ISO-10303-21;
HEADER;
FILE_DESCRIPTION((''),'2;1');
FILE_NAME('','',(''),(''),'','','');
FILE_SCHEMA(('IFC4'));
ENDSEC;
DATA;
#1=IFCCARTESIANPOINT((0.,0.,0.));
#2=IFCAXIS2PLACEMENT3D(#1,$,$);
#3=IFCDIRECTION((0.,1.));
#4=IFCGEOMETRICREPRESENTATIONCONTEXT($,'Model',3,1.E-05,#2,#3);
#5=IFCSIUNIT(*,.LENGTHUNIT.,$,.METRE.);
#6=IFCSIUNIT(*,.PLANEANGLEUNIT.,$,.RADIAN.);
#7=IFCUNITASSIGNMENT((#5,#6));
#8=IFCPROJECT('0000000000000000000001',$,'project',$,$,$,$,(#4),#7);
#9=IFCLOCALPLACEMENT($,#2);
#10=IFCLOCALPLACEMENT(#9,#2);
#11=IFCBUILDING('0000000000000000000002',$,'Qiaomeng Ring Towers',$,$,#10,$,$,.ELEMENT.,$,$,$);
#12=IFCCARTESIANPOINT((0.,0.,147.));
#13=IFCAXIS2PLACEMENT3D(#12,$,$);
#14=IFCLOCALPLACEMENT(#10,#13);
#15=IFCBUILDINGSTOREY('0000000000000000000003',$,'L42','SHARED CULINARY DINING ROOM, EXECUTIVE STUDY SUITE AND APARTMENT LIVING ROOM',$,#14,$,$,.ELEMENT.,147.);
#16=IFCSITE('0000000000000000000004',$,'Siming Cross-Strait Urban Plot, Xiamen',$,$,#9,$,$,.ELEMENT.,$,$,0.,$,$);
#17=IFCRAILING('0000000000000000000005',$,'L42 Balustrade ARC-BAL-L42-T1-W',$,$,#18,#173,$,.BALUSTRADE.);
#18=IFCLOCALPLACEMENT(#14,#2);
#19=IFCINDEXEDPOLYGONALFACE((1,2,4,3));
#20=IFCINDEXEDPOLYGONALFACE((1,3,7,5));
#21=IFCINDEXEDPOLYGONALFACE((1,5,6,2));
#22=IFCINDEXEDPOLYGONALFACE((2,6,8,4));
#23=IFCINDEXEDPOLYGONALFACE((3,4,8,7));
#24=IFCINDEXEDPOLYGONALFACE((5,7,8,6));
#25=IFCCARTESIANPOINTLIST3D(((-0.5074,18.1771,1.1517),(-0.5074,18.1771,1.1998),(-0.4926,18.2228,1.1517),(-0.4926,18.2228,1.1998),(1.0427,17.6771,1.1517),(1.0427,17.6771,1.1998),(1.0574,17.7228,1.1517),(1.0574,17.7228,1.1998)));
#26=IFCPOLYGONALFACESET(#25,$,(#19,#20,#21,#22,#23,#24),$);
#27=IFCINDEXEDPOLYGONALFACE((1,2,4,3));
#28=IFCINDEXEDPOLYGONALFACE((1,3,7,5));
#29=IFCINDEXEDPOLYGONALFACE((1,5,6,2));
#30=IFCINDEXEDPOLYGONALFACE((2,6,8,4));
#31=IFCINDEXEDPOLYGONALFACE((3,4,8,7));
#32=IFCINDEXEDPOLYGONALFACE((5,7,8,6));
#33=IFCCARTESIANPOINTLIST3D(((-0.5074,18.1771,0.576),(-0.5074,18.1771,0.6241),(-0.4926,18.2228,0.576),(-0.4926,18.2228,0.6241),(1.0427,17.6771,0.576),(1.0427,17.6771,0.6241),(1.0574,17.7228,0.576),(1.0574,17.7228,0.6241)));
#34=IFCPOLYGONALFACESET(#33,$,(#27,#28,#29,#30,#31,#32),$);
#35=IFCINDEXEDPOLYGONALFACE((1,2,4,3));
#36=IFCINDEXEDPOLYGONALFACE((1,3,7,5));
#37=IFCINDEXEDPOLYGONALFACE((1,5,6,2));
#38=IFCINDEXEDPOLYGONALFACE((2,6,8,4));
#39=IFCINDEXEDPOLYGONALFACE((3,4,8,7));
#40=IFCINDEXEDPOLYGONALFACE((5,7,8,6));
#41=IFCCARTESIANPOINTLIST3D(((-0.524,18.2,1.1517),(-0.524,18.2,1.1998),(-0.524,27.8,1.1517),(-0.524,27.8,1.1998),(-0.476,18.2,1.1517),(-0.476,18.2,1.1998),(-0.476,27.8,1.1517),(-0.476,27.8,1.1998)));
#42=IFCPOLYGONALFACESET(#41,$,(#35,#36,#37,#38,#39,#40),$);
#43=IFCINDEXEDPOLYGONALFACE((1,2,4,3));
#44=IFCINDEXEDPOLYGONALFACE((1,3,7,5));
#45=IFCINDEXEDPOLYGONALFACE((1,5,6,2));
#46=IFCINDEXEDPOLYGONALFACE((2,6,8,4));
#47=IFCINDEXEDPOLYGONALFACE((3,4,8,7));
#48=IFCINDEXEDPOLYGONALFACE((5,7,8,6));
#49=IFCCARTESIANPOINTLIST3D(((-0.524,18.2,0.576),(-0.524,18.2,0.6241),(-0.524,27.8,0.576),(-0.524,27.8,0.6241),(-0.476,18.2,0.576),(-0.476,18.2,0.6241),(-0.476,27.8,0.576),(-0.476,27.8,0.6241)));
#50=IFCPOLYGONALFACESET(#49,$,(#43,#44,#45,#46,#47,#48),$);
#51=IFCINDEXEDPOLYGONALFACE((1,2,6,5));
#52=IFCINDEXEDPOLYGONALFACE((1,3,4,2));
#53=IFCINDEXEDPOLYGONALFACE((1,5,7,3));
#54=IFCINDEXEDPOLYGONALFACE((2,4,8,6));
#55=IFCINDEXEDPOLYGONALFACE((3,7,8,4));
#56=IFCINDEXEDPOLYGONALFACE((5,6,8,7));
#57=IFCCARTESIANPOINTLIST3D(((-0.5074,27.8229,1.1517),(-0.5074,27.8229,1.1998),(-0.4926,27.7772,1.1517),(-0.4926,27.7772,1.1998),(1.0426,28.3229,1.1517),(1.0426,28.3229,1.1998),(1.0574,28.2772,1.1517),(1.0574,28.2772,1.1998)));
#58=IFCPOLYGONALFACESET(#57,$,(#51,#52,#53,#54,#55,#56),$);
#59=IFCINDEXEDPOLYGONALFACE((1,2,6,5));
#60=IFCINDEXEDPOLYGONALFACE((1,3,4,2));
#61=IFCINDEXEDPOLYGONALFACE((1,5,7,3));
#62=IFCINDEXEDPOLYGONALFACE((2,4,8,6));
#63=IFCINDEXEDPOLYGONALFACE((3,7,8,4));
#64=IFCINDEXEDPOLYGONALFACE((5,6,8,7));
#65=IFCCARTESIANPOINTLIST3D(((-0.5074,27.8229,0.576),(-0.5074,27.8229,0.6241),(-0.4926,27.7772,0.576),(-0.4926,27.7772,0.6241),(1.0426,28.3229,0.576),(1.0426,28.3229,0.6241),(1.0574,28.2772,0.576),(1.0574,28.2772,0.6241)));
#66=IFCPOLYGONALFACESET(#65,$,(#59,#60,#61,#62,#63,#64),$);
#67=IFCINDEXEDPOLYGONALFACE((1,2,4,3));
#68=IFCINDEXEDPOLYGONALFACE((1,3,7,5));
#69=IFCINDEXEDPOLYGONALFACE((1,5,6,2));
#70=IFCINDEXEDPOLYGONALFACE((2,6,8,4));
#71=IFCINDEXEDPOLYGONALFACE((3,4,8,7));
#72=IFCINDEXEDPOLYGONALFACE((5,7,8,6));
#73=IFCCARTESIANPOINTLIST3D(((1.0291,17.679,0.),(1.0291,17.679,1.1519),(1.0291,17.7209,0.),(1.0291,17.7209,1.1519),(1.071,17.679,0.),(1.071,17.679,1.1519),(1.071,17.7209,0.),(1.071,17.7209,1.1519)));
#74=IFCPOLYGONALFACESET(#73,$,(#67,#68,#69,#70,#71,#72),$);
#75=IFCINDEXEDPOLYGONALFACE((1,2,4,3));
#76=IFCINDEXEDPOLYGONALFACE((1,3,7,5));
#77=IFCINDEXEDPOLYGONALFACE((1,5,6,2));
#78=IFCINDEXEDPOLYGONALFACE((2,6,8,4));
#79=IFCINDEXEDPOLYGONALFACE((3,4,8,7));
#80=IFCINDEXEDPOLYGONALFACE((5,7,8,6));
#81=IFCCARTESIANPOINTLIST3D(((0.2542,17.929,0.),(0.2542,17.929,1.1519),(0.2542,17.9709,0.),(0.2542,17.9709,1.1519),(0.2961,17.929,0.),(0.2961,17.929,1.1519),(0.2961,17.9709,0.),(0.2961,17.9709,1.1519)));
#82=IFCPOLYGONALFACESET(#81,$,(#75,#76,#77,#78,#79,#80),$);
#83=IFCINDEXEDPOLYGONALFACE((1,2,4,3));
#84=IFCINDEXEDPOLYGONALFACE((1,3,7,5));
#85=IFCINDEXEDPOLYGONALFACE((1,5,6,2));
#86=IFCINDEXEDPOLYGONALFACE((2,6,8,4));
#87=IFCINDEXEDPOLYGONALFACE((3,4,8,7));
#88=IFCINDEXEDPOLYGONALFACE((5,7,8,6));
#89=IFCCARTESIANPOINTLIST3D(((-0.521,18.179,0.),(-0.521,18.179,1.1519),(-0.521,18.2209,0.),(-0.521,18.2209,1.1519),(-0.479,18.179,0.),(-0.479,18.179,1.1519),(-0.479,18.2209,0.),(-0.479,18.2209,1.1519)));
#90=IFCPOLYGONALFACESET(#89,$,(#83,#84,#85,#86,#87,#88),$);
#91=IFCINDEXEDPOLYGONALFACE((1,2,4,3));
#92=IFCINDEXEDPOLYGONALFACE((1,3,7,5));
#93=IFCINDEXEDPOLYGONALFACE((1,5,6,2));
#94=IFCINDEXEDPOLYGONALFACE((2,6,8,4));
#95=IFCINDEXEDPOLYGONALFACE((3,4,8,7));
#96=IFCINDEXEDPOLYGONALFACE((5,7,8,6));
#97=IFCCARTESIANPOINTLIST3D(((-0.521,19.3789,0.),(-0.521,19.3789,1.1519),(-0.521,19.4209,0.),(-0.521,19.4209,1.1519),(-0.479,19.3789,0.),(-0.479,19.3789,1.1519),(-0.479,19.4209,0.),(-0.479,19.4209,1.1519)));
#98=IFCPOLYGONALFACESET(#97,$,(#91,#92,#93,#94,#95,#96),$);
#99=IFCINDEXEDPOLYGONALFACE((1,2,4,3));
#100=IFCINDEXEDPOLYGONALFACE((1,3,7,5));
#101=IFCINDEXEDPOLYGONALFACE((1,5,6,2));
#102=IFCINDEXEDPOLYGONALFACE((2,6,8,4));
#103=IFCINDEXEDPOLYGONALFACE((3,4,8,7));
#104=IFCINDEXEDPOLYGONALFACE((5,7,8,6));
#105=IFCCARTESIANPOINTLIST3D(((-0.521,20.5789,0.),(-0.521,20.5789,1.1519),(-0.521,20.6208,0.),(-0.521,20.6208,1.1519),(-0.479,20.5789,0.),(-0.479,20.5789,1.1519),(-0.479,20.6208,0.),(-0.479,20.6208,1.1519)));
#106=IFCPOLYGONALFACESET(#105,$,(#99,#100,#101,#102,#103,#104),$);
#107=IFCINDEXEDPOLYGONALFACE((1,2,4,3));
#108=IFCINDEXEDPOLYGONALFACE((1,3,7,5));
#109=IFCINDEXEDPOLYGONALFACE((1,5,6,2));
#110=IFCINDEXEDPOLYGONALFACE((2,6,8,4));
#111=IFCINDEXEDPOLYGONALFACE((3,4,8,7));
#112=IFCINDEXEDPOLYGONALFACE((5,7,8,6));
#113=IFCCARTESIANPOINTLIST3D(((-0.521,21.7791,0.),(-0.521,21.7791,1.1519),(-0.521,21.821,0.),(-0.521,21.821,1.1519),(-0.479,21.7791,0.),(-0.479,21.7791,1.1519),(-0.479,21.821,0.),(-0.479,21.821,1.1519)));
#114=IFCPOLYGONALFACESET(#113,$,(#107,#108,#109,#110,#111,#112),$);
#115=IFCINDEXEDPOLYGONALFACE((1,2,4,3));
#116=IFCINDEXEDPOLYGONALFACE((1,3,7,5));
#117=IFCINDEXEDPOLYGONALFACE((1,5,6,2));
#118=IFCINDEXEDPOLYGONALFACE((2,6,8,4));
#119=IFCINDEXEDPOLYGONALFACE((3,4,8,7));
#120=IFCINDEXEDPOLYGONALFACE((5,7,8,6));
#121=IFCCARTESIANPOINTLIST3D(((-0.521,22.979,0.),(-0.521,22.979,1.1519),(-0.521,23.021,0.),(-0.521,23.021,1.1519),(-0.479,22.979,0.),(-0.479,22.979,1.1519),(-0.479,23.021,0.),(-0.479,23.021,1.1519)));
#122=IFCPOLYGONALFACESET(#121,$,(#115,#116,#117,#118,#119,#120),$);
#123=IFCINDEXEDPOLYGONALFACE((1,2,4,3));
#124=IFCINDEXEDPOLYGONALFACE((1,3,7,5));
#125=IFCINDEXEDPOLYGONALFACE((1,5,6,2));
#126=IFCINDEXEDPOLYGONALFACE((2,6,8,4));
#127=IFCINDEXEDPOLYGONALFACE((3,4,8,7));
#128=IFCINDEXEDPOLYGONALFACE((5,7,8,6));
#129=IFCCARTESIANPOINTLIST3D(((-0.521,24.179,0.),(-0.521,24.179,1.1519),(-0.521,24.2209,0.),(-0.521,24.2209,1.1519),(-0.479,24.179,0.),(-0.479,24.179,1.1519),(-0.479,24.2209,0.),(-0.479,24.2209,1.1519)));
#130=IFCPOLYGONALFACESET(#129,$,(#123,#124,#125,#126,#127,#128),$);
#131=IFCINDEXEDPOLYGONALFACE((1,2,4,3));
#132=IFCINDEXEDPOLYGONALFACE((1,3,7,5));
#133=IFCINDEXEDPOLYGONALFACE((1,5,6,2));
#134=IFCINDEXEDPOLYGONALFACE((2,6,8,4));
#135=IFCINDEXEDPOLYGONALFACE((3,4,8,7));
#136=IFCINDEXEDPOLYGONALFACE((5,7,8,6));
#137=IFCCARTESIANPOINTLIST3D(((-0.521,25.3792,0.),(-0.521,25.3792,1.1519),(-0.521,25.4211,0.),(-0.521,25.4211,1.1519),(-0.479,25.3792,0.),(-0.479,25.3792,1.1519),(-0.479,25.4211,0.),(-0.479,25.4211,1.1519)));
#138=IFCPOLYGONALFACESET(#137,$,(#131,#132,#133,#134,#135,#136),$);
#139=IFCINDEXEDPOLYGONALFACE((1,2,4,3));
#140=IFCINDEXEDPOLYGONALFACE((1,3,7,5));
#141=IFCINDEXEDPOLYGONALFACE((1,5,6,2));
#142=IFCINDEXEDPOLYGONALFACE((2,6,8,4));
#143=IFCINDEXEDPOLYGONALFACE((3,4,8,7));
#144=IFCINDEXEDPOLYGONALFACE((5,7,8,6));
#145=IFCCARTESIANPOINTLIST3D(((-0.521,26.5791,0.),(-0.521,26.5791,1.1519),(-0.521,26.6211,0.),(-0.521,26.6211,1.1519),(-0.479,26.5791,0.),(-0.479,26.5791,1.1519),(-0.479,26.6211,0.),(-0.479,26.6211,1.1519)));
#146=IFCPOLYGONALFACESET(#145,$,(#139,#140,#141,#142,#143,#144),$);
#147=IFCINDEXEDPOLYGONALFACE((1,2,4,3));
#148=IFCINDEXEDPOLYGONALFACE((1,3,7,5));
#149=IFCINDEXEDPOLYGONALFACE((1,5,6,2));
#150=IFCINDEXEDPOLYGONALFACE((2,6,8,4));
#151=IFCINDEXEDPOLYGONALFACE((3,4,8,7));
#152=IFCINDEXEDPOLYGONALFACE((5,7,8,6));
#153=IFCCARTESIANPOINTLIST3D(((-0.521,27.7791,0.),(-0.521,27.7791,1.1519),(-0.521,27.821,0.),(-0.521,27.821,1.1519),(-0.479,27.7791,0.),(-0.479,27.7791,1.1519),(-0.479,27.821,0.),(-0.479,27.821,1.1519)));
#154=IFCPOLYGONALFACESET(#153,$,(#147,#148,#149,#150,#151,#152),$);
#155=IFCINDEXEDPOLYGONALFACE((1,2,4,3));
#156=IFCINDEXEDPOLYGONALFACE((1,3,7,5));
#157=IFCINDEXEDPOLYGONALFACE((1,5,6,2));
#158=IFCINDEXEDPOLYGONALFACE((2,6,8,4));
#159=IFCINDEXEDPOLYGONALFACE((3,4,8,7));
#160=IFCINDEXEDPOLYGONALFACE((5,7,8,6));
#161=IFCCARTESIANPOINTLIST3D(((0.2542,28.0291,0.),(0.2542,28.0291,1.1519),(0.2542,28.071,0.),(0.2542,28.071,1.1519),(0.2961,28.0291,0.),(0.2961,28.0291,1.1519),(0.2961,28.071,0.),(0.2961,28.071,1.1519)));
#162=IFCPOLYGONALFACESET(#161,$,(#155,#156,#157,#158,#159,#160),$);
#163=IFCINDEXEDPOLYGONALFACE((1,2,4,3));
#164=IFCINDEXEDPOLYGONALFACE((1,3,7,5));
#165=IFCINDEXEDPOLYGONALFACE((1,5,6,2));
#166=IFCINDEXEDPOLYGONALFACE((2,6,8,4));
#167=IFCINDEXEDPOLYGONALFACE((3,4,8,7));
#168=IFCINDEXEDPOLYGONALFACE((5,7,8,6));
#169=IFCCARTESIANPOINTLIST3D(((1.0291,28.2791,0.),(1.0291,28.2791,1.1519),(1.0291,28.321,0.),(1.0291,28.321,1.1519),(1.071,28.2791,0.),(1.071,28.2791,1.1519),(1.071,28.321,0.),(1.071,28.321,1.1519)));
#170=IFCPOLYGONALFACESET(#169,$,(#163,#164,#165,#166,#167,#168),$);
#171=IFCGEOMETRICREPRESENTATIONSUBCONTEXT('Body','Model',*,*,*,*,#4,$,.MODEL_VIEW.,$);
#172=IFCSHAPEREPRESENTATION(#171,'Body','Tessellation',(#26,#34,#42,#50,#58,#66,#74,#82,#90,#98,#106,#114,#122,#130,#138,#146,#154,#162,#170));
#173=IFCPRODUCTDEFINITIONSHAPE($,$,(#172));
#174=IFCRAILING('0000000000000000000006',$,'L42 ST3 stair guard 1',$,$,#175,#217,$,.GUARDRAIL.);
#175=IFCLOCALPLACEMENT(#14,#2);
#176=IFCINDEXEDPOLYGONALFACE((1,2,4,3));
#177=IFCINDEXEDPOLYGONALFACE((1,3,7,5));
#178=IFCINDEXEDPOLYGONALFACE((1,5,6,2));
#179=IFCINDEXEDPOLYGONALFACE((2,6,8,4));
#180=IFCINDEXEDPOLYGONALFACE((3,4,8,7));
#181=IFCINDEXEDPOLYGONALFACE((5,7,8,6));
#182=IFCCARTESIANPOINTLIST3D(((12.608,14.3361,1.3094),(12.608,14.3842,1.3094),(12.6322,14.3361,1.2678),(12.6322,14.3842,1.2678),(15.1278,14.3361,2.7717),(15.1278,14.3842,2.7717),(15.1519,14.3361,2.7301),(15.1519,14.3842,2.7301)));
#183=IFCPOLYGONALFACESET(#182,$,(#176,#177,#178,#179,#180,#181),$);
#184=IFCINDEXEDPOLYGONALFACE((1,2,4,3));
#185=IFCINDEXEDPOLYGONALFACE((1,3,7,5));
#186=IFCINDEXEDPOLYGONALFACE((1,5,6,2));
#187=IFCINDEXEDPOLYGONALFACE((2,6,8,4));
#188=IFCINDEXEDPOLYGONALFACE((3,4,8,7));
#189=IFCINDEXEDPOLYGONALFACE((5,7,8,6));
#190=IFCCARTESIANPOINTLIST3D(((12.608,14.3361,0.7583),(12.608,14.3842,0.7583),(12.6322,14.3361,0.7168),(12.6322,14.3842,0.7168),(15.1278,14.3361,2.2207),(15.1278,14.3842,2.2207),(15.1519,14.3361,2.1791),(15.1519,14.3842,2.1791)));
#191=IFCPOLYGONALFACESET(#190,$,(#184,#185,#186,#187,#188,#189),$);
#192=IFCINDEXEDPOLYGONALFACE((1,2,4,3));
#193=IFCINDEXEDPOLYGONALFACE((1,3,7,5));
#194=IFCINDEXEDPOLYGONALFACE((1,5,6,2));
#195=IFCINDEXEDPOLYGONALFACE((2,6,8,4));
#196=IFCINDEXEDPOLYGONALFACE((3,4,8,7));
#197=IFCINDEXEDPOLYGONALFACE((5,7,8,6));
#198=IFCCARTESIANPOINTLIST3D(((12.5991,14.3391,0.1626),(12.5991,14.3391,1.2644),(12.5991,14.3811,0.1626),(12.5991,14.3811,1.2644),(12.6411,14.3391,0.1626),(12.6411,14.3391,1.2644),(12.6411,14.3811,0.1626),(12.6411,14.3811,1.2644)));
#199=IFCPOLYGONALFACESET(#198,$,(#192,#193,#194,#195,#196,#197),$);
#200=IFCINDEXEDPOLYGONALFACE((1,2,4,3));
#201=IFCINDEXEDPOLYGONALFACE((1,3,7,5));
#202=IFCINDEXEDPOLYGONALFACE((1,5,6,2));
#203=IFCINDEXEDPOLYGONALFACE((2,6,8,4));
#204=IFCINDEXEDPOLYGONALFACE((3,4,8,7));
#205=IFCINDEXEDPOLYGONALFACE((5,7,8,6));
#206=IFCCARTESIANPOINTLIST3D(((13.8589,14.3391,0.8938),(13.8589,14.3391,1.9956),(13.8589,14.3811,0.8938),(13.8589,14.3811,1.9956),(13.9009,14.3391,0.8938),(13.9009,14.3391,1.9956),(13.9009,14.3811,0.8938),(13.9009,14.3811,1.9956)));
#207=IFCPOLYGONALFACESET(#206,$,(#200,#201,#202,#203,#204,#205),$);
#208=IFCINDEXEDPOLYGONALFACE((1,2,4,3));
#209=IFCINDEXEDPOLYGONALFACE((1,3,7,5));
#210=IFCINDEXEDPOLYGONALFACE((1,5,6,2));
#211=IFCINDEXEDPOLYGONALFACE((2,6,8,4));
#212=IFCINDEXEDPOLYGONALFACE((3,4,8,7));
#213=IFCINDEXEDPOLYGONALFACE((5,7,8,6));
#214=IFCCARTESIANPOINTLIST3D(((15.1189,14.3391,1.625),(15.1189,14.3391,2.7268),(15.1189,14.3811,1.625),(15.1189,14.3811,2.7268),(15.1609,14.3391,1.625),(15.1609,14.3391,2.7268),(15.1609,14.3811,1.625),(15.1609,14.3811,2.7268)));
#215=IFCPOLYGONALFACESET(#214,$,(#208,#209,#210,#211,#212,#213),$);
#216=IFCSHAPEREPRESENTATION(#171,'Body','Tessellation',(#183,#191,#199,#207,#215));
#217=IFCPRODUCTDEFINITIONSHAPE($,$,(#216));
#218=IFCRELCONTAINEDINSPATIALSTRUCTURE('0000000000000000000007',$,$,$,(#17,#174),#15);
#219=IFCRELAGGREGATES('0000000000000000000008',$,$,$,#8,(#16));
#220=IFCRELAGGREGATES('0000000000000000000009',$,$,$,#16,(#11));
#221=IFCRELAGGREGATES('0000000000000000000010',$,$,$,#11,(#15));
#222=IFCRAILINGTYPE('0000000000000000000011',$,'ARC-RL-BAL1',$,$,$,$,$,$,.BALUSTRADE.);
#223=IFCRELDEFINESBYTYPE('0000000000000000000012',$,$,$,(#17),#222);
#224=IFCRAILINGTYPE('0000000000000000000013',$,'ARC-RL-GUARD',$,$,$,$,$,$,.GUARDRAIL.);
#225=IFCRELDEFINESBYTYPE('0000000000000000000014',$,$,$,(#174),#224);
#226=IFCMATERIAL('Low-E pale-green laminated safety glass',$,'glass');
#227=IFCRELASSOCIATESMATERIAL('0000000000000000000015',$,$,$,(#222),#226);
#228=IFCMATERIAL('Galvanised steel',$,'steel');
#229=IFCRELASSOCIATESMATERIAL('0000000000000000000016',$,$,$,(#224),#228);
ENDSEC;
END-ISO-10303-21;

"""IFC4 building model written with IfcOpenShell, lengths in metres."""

from ifc_helpers import new_model, si_unit, direction, frame, origin, origin_2d, place, context, subcontext, project, spatial, rectangle, extrude, material, type_object, element, save


model = new_model("IFC4")

# Units and contexts
model_context = context("Model", 3, precision=1e-05, world=origin(), true_north=direction((0.0, 1.0)))
body_context = subcontext(model_context, "Body", "Model", "MODEL_VIEW")
ifc_project = project(units=[si_unit("LENGTHUNIT", "METRE"), si_unit("PLANEANGLEUNIT", "RADIAN")], contexts=[model_context])

# Site, building, storey
site_placement = place(None, origin())
site = spatial("IfcSite", under=ifc_project, at=site_placement, Name="Siming Cross-Strait Urban Plot, Xiamen", CompositionType="ELEMENT", RefElevation=0.0)
building_placement = place(site_placement, origin())
building = spatial("IfcBuilding", under=site, at=building_placement, Name="Qiaomeng Ring Towers", CompositionType="ELEMENT")
storey_placement = place(building_placement, frame((0.0, 0.0, 147.0)))
storey = spatial("IfcBuildingStorey", under=building, at=storey_placement, Name="L42", Description="SHARED CULINARY DINING ROOM, EXECUTIVE STUDY SUITE AND APARTMENT LIVING ROOM", CompositionType="ELEMENT", Elevation=147.0)

# Shared definitions
ifc_material_1 = material(Name="Galvanised steel", Category="steel")

# Railings
ifc_material_2 = material(Name="Low-E pale-green laminated safety glass", Category="glass")
railing_type_1 = type_object("IfcRailingType", Name="ARC-RL-BAL1", PredefinedType="BALUSTRADE", material=ifc_material_2)
railing_1_placement = place(storey_placement, frame((1.05, 17.7, 0.0)))
element("IfcRailing", 1, at=railing_1_placement, inside=storey, type_object=railing_type_1, Name="L42 Balustrade ARC-BAL-L42-T1-W", PredefinedType="BALUSTRADE", context=body_context, shape_type="SweptSolid", body=[
    extrude(rectangle(XDim=0.0481, YDim=0.0481, at=origin_2d()), frame((0.0, 0.0, 1.1758), z_axis=(-0.951711, 0.306994, 0.0), x_axis=(-0.306994, -0.951711, 0.0)), (0.0, 0.0, 1.0), 1.6287),
    extrude(rectangle(XDim=0.0481, YDim=0.0481, at=origin_2d()), frame((0.0, 0.0, 0.6001), z_axis=(-0.951711, 0.306994, 0.0), x_axis=(-0.306994, -0.951711, 0.0)), (0.0, 0.0, 1.0), 1.6287),
    extrude(rectangle(XDim=0.0481, YDim=0.0481, at=origin_2d()), frame((-1.55, 0.5, 1.1758), z_axis=(0.0, 1.0, 0.0), x_axis=(-1.0, 0.0, 0.0)), (0.0, 0.0, 1.0), 9.6001),
    extrude(rectangle(XDim=0.0481, YDim=0.0481, at=origin_2d()), frame((-1.55, 0.5, 0.6001), z_axis=(0.0, 1.0, 0.0), x_axis=(-1.0, 0.0, 0.0)), (0.0, 0.0, 1.0), 9.6001),
    extrude(rectangle(XDim=0.0481, YDim=0.0481, at=origin_2d()), frame((-1.55, 10.1001, 1.1758), z_axis=(0.951711, 0.306994, 0.0), x_axis=(-0.306994, 0.951711, 0.0)), (0.0, 0.0, 1.0), 1.6287),
    extrude(rectangle(XDim=0.0481, YDim=0.0481, at=origin_2d()), frame((-1.55, 10.1001, 0.6001), z_axis=(0.951711, 0.306994, 0.0), x_axis=(-0.306994, 0.951711, 0.0)), (0.0, 0.0, 1.0), 1.6287),
    extrude(rectangle(XDim=0.042, YDim=0.042, at=origin_2d()), origin(), (0.0, 0.0, 1.0), 1.1519),
    extrude(rectangle(XDim=0.042, YDim=0.042, at=origin_2d()), frame((-0.7749, 0.25, 0.0)), (0.0, 0.0, 1.0), 1.1519),
    extrude(rectangle(XDim=0.042, YDim=0.042, at=origin_2d()), frame((-1.55, 0.5, 0.0)), (0.0, 0.0, 1.0), 1.1519),
    extrude(rectangle(XDim=0.042, YDim=0.042, at=origin_2d()), frame((-1.55, 1.7, 0.0)), (0.0, 0.0, 1.0), 1.1519),
    extrude(rectangle(XDim=0.042, YDim=0.042, at=origin_2d()), frame((-1.55, 2.8999, 0.0)), (0.0, 0.0, 1.0), 1.1519),
    extrude(rectangle(XDim=0.042, YDim=0.042, at=origin_2d()), frame((-1.55, 4.1001, 0.0)), (0.0, 0.0, 1.0), 1.1519),
    extrude(rectangle(XDim=0.042, YDim=0.042, at=origin_2d()), frame((-1.55, 5.3, 0.0)), (0.0, 0.0, 1.0), 1.1519),
    extrude(rectangle(XDim=0.042, YDim=0.042, at=origin_2d()), frame((-1.55, 6.5, 0.0)), (0.0, 0.0, 1.0), 1.1519),
    extrude(rectangle(XDim=0.042, YDim=0.042, at=origin_2d()), frame((-1.55, 7.7002, 0.0)), (0.0, 0.0, 1.0), 1.1519),
    extrude(rectangle(XDim=0.042, YDim=0.042, at=origin_2d()), frame((-1.55, 8.9001, 0.0)), (0.0, 0.0, 1.0), 1.1519),
    extrude(rectangle(XDim=0.042, YDim=0.042, at=origin_2d()), frame((-1.55, 10.1001, 0.0)), (0.0, 0.0, 1.0), 1.1519),
    extrude(rectangle(XDim=0.042, YDim=0.042, at=origin_2d()), frame((-0.7749, 10.3501, 0.0)), (0.0, 0.0, 1.0), 1.1519),
    extrude(rectangle(XDim=0.042, YDim=0.042, at=origin_2d()), frame((0.0, 10.6001, 0.0)), (0.0, 0.0, 1.0), 1.1519),
])
railing_type_2 = type_object("IfcRailingType", Name="ARC-RL-GUARD", PredefinedType="GUARDRAIL", material=ifc_material_1)
railing_2_placement = place(storey_placement, frame((12.6201, 14.3601, 0.1626)))
element("IfcRailing", 2, at=railing_2_placement, inside=storey, type_object=railing_type_2, Name="L42 ST3 stair guard 1", PredefinedType="GUARDRAIL", context=body_context, shape_type="SweptSolid", body=[
    extrude(rectangle(XDim=0.0481, YDim=0.0481, at=origin_2d()), frame((0.0, 0.0, 1.126), z_axis=(0.864892, 0.0, 0.501958), x_axis=(0.0, 1.0, 0.0)), (0.0, 0.0, 1.0), 2.9133),
    extrude(rectangle(XDim=0.0481, YDim=0.0481, at=origin_2d()), frame((0.0, 0.0, 0.575), z_axis=(0.864892, 0.0, 0.501958), x_axis=(0.0, 1.0, 0.0)), (0.0, 0.0, 1.0), 2.9133),
    extrude(rectangle(XDim=0.042, YDim=0.042, at=origin_2d()), origin(), (0.0, 0.0, 1.0), 1.1018),
    extrude(rectangle(XDim=0.042, YDim=0.042, at=origin_2d()), frame((1.2598, 0.0, 0.7312)), (0.0, 0.0, 1.0), 1.1018),
    extrude(rectangle(XDim=0.042, YDim=0.042, at=origin_2d()), frame((2.5198, 0.0, 1.4624)), (0.0, 0.0, 1.0), 1.1018),
])

save(model, "model.ifc")
